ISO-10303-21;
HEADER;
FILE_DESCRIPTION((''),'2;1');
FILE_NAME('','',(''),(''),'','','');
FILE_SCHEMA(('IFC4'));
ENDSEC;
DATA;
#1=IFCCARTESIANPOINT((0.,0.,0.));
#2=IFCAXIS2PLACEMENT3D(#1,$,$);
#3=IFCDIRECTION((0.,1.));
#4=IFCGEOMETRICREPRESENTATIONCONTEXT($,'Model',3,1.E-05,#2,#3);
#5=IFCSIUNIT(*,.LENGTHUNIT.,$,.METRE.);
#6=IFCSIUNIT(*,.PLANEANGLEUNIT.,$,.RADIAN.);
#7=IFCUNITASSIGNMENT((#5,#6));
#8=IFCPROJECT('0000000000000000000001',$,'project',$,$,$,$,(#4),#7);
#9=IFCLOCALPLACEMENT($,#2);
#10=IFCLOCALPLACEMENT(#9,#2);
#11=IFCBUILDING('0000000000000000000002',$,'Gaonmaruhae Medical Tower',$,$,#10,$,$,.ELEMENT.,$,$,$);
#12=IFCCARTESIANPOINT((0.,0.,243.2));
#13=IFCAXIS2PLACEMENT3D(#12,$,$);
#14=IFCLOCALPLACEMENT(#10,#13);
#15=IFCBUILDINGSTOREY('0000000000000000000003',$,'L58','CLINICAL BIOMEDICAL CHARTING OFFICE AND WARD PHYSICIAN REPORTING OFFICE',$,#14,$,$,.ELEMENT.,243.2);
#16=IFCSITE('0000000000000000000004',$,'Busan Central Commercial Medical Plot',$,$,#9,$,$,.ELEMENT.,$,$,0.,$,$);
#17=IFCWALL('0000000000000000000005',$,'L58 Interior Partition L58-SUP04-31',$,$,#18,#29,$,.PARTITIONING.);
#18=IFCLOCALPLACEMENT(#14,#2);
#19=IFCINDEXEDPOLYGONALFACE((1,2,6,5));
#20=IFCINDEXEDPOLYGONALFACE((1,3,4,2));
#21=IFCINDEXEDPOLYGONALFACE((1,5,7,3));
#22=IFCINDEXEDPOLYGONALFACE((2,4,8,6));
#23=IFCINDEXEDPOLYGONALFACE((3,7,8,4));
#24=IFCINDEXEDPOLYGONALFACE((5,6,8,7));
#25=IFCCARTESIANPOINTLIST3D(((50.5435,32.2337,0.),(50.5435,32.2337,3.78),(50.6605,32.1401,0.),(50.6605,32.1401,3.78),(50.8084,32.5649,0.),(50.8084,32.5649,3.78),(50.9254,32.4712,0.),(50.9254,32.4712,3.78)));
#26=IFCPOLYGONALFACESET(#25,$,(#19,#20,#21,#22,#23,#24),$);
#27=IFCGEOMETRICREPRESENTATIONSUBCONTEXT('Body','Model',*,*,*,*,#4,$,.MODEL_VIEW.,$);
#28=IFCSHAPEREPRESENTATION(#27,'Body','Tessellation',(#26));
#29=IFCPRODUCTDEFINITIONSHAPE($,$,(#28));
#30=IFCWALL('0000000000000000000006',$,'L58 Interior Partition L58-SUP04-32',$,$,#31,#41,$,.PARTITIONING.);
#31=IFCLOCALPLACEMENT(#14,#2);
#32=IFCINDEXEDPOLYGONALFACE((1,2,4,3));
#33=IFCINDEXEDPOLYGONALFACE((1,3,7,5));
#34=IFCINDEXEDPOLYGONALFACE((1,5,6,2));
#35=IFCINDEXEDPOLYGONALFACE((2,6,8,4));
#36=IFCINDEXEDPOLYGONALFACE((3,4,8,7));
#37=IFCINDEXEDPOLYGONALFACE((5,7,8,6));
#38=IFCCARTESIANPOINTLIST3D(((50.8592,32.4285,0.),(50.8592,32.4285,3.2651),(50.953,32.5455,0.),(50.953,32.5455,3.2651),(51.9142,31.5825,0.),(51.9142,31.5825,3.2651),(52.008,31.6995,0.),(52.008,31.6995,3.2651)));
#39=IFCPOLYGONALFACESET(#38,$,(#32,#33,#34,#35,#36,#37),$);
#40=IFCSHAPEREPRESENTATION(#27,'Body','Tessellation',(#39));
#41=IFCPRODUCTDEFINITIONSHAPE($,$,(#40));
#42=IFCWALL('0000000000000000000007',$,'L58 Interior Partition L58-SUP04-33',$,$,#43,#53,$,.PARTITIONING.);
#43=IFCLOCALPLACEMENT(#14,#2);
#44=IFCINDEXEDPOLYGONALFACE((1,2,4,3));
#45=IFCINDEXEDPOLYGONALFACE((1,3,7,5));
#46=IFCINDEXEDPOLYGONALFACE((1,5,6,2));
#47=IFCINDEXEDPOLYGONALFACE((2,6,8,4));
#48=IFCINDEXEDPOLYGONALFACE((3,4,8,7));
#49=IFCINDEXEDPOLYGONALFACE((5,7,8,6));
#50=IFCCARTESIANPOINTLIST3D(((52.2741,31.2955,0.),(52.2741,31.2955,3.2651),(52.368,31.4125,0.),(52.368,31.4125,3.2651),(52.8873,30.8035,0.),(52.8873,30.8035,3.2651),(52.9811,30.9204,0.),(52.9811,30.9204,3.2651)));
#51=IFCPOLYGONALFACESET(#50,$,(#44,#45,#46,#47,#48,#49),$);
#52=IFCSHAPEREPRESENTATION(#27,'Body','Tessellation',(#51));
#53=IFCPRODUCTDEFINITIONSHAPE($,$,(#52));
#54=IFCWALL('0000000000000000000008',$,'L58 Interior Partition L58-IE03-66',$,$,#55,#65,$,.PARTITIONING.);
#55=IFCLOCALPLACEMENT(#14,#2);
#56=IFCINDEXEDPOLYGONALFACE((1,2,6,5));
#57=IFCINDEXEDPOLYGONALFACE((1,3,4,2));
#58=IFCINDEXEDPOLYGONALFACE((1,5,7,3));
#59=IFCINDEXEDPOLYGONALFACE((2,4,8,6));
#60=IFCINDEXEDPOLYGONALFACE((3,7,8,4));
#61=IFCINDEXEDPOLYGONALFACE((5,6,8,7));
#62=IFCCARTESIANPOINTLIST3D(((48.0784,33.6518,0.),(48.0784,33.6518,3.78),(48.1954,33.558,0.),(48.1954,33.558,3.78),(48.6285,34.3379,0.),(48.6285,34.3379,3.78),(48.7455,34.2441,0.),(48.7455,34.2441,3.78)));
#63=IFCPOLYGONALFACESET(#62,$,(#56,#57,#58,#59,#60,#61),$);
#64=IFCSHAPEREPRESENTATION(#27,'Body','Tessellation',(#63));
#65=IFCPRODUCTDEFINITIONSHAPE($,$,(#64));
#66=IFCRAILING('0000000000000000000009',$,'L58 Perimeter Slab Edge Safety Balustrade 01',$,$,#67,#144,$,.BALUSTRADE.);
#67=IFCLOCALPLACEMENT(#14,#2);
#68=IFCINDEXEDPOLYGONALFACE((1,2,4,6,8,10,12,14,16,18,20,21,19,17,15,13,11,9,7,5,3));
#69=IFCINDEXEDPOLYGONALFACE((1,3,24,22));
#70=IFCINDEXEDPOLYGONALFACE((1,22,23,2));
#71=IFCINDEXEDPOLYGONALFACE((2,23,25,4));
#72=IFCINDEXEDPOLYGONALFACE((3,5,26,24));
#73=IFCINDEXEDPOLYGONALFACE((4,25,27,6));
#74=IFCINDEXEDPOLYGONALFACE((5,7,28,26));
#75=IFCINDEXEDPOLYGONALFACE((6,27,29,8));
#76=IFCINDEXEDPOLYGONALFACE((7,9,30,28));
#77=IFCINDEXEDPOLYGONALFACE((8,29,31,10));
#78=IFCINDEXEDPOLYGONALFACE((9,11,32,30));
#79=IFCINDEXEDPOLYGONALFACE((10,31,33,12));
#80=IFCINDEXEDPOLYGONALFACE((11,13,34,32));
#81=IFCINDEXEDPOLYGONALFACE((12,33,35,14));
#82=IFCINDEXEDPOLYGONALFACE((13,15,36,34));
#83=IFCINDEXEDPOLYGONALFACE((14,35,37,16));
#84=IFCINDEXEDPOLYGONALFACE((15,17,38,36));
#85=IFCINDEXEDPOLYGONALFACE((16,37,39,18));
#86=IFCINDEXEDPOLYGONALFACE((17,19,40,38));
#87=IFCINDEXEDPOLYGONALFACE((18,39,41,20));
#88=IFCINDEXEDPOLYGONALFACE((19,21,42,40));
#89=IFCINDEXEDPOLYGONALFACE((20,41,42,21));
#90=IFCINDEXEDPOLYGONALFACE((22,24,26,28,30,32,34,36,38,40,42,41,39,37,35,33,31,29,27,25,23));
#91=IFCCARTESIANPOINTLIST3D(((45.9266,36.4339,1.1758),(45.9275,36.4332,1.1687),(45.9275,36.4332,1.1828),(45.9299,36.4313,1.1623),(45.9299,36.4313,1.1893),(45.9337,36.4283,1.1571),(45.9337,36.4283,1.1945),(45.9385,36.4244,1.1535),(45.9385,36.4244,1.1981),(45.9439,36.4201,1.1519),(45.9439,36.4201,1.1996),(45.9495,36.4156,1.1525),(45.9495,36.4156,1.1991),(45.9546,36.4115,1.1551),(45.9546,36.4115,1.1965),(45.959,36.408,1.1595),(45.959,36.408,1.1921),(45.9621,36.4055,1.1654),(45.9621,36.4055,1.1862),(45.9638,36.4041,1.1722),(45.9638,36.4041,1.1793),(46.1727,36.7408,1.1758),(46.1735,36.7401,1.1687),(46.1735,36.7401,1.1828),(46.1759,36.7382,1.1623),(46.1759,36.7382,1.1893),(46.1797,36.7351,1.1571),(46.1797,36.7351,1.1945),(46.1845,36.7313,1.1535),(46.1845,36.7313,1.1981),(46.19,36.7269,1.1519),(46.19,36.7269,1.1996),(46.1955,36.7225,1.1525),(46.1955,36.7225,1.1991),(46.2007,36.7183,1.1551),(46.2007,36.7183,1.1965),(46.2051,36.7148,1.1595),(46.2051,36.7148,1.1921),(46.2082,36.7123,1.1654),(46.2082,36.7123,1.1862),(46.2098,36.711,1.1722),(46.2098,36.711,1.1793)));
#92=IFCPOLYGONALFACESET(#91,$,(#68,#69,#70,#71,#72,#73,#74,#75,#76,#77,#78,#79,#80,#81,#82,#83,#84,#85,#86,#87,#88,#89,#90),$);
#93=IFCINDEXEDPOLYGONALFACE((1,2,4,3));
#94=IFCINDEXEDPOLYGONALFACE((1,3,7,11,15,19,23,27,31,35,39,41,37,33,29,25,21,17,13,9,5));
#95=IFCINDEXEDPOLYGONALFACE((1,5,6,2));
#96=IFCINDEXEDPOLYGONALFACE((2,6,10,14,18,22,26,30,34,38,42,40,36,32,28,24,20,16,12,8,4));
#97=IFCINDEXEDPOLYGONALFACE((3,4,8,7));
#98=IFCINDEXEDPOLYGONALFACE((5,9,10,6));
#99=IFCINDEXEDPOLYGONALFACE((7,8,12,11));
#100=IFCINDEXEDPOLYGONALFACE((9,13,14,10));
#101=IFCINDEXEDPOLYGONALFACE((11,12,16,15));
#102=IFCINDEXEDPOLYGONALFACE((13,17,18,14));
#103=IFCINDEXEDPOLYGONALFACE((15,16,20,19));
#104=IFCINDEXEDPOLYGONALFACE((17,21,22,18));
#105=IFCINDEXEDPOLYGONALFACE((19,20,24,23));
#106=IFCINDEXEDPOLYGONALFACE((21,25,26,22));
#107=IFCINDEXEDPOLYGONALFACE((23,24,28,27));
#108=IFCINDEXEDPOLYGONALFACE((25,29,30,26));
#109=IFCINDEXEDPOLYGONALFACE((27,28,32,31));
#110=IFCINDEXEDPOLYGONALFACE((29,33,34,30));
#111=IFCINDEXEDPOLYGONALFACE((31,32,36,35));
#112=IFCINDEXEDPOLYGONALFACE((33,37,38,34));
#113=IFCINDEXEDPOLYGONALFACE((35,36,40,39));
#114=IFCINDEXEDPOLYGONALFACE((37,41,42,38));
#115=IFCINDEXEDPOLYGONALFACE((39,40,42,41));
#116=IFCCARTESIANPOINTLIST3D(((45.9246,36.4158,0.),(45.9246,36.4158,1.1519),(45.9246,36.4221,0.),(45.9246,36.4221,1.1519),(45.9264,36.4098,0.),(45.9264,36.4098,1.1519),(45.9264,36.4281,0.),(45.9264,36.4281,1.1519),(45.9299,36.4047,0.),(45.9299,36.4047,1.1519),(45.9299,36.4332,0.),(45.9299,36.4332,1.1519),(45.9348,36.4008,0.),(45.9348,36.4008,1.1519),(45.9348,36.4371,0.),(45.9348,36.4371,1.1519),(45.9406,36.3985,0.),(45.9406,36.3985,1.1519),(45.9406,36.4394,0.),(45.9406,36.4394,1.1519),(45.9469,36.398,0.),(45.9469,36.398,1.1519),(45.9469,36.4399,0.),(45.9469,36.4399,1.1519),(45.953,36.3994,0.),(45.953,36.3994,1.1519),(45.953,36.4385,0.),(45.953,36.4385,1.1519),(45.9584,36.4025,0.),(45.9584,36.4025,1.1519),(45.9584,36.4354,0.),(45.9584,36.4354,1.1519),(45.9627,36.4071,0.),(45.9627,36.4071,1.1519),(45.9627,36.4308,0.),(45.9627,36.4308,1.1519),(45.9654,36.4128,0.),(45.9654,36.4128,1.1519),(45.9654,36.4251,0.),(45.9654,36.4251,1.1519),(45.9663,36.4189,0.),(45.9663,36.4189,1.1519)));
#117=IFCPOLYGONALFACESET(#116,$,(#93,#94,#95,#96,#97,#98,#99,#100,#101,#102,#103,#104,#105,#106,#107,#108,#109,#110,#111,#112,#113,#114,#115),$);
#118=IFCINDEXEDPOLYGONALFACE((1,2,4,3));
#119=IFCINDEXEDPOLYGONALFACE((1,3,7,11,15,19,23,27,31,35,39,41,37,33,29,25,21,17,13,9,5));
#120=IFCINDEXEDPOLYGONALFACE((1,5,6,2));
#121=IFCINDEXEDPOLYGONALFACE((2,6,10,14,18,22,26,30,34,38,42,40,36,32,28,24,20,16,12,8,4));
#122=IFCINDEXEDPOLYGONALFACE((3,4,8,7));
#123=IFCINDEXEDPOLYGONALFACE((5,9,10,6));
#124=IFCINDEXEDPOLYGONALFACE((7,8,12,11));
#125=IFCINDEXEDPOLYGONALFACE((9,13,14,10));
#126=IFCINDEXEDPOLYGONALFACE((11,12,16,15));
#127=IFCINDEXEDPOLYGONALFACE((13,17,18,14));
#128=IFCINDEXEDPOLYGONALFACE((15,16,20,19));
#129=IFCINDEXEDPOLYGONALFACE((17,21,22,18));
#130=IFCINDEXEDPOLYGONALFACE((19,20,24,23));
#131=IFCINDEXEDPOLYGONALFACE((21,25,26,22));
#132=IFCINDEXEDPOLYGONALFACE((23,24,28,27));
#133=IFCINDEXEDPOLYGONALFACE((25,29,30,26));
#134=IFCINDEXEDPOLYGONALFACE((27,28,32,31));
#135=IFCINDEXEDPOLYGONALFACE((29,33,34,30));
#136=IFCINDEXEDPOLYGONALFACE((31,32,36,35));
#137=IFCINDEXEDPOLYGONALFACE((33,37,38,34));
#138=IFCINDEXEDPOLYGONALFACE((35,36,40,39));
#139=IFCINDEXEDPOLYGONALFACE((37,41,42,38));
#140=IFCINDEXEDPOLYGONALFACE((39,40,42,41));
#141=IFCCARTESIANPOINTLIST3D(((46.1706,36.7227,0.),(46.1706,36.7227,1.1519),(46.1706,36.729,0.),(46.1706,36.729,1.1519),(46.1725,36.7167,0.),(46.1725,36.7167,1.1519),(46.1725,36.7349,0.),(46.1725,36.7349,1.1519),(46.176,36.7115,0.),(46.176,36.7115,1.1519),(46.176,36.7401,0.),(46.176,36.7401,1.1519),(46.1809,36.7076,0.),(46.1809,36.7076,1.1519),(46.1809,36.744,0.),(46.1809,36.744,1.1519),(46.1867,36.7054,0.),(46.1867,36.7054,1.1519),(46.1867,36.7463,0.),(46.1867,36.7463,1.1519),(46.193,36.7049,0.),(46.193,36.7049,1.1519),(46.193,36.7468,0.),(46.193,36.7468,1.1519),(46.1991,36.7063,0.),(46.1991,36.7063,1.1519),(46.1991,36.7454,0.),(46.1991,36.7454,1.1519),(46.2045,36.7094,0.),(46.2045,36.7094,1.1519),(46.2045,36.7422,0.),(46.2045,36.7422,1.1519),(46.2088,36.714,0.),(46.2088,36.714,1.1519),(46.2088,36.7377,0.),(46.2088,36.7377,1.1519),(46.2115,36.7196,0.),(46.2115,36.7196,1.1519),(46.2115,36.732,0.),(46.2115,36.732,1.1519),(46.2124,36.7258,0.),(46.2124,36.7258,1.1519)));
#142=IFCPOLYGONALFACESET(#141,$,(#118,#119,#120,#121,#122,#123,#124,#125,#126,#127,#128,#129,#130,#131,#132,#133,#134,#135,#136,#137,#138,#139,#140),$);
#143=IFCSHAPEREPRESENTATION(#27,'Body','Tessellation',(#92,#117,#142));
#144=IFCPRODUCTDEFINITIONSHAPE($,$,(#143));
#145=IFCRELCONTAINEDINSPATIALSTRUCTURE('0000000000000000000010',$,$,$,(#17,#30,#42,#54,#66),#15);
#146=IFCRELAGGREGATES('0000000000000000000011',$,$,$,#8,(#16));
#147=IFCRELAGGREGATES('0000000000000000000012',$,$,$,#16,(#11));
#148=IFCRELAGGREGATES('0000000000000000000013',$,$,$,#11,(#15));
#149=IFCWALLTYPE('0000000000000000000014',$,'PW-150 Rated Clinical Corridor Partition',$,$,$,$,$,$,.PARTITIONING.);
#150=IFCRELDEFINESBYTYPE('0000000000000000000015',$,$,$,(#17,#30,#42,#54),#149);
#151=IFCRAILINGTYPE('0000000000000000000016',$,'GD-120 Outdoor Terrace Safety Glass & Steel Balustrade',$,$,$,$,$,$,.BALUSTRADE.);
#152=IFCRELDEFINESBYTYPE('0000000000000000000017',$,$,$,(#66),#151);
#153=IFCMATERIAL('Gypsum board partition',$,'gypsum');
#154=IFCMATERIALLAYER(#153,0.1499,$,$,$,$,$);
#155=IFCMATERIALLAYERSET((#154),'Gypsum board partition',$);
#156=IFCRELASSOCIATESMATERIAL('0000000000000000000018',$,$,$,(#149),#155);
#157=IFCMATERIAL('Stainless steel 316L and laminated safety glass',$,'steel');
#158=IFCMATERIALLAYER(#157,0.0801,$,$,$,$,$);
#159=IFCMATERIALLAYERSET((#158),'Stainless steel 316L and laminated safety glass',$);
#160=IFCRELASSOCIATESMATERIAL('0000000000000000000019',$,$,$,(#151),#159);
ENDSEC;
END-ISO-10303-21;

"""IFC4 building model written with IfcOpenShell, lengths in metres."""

from ifc_helpers import new_model, si_unit, direction, frame, frame_2d, origin, origin_2d, place, context, subcontext, project, spatial, rectangle, circle, extrude, material, layer, layer_set, type_object, element, save


model = new_model("IFC4")

# Units and contexts
model_context = context("Model", 3, precision=1e-05, world=origin(), true_north=direction((0.0, 1.0)))
body_context = subcontext(model_context, "Body", "Model", "MODEL_VIEW")
ifc_project = project(units=[si_unit("LENGTHUNIT", "METRE"), si_unit("PLANEANGLEUNIT", "RADIAN")], contexts=[model_context])

# Site, building, storey
site_placement = place(None, origin())
site = spatial("IfcSite", under=ifc_project, at=site_placement, Name="Busan Central Commercial Medical Plot", CompositionType="ELEMENT", RefElevation=0.0)
building_placement = place(site_placement, origin())
building = spatial("IfcBuilding", under=site, at=building_placement, Name="Gaonmaruhae Medical Tower", CompositionType="ELEMENT")
storey_placement = place(building_placement, frame((0.0, 0.0, 243.2)))
storey = spatial("IfcBuildingStorey", under=building, at=storey_placement, Name="L58", Description="CLINICAL BIOMEDICAL CHARTING OFFICE AND WARD PHYSICIAN REPORTING OFFICE", CompositionType="ELEMENT", Elevation=243.2)

# Shared definitions
ifc_material_1 = material(Name="Gypsum board partition", Category="gypsum")
ifc_layer_1 = layer(ifc_material_1, 0.1499)
ifc_layer_set_1 = layer_set([ifc_layer_1], Name="Gypsum board partition")
wall_type_1 = type_object("IfcWallType", Name="PW-150 Rated Clinical Corridor Partition", PredefinedType="PARTITIONING", material=ifc_layer_set_1)

# Walls
wall_1_placement = place(storey_placement, frame((50.6021, 32.187, 0.0), z_axis=(0.0, 0.0, 1.0), x_axis=(0.624765, 0.780813, 0.0)))
element("IfcWall", 1, at=wall_1_placement, inside=storey, type_object=wall_type_1, Name="L58 Interior Partition L58-SUP04-31", PredefinedType="PARTITIONING", context=body_context, shape_type="SweptSolid", body=[
    extrude(rectangle(XDim=0.4241, YDim=0.1499, at=frame_2d((0.2119, 0.0))), origin(), (0.0, 0.0, 1.0), 3.78),
])
wall_2_placement = place(storey_placement, frame((50.906, 32.4871, 0.0), z_axis=(0.0, 0.0, 1.0), x_axis=(0.780146, -0.625597, 0.0)))
element("IfcWall", 2, at=wall_2_placement, inside=storey, type_object=wall_type_1, Name="L58 Interior Partition L58-SUP04-32", PredefinedType="PARTITIONING", context=body_context, shape_type="SweptSolid", body=[
    extrude(rectangle(XDim=1.3523, YDim=0.1499, at=frame_2d((0.6763, 0.0))), origin(), (0.0, 0.0, 1.0), 3.2651),
])
wall_3_placement = place(storey_placement, frame((52.321, 31.354, 0.0), z_axis=(0.0, 0.0, 1.0), x_axis=(0.779929, -0.625869, 0.0)))
element("IfcWall", 3, at=wall_3_placement, inside=storey, type_object=wall_type_1, Name="L58 Interior Partition L58-SUP04-33", PredefinedType="PARTITIONING", context=body_context, shape_type="SweptSolid", body=[
    extrude(rectangle(XDim=0.7861, YDim=0.1499, at=frame_2d((0.3931, 0.0))), origin(), (0.0, 0.0, 1.0), 3.2651),
])
wall_4_placement = place(storey_placement, frame((48.687, 34.291, 0.0), z_axis=(0.0, 0.0, 1.0), x_axis=(-0.625541, -0.780191, 0.0)))
element("IfcWall", 4, at=wall_4_placement, inside=storey, type_object=wall_type_1, Name="L58 Interior Partition L58-IE03-66", PredefinedType="PARTITIONING", context=body_context, shape_type="SweptSolid", body=[
    extrude(rectangle(XDim=0.8794, YDim=0.1499, at=frame_2d((0.4397, 0.0))), origin(), (0.0, 0.0, 1.0), 3.78),
])

# Railing
ifc_material_2 = material(Name="Stainless steel 316L and laminated safety glass", Category="steel")
ifc_layer_2 = layer(ifc_material_2, 0.0801)
ifc_layer_set_2 = layer_set([ifc_layer_2], Name="Stainless steel 316L and laminated safety glass")
railing_type = type_object("IfcRailingType", Name="GD-120 Outdoor Terrace Safety Glass & Steel Balustrade", PredefinedType="BALUSTRADE", material=ifc_layer_set_2)
railing_1_placement = place(storey_placement, frame((45.9453, 36.4189, 0.0)))
element("IfcRailing", 5, at=railing_1_placement, inside=storey, type_object=railing_type, Name="L58 Perimeter Slab Edge Safety Balustrade 01", PredefinedType="BALUSTRADE", context=body_context, shape_type="SweptSolid", body=[
    extrude(circle(Radius=0.0239, at=origin_2d()), frame((0.0, 0.0, 1.1758), z_axis=(0.625603, 0.780142, 0.0), x_axis=(-0.780142, 0.625603, 0.0)), (0.0, 0.0, 1.0), 0.3933),
    extrude(circle(Radius=0.021, at=origin_2d()), origin(), (0.0, 0.0, 1.0), 1.1519),
    extrude(circle(Radius=0.021, at=origin_2d()), frame((0.2461, 0.3069, 0.0)), (0.0, 0.0, 1.0), 1.1519),
])

save(model, "model.ifc")
